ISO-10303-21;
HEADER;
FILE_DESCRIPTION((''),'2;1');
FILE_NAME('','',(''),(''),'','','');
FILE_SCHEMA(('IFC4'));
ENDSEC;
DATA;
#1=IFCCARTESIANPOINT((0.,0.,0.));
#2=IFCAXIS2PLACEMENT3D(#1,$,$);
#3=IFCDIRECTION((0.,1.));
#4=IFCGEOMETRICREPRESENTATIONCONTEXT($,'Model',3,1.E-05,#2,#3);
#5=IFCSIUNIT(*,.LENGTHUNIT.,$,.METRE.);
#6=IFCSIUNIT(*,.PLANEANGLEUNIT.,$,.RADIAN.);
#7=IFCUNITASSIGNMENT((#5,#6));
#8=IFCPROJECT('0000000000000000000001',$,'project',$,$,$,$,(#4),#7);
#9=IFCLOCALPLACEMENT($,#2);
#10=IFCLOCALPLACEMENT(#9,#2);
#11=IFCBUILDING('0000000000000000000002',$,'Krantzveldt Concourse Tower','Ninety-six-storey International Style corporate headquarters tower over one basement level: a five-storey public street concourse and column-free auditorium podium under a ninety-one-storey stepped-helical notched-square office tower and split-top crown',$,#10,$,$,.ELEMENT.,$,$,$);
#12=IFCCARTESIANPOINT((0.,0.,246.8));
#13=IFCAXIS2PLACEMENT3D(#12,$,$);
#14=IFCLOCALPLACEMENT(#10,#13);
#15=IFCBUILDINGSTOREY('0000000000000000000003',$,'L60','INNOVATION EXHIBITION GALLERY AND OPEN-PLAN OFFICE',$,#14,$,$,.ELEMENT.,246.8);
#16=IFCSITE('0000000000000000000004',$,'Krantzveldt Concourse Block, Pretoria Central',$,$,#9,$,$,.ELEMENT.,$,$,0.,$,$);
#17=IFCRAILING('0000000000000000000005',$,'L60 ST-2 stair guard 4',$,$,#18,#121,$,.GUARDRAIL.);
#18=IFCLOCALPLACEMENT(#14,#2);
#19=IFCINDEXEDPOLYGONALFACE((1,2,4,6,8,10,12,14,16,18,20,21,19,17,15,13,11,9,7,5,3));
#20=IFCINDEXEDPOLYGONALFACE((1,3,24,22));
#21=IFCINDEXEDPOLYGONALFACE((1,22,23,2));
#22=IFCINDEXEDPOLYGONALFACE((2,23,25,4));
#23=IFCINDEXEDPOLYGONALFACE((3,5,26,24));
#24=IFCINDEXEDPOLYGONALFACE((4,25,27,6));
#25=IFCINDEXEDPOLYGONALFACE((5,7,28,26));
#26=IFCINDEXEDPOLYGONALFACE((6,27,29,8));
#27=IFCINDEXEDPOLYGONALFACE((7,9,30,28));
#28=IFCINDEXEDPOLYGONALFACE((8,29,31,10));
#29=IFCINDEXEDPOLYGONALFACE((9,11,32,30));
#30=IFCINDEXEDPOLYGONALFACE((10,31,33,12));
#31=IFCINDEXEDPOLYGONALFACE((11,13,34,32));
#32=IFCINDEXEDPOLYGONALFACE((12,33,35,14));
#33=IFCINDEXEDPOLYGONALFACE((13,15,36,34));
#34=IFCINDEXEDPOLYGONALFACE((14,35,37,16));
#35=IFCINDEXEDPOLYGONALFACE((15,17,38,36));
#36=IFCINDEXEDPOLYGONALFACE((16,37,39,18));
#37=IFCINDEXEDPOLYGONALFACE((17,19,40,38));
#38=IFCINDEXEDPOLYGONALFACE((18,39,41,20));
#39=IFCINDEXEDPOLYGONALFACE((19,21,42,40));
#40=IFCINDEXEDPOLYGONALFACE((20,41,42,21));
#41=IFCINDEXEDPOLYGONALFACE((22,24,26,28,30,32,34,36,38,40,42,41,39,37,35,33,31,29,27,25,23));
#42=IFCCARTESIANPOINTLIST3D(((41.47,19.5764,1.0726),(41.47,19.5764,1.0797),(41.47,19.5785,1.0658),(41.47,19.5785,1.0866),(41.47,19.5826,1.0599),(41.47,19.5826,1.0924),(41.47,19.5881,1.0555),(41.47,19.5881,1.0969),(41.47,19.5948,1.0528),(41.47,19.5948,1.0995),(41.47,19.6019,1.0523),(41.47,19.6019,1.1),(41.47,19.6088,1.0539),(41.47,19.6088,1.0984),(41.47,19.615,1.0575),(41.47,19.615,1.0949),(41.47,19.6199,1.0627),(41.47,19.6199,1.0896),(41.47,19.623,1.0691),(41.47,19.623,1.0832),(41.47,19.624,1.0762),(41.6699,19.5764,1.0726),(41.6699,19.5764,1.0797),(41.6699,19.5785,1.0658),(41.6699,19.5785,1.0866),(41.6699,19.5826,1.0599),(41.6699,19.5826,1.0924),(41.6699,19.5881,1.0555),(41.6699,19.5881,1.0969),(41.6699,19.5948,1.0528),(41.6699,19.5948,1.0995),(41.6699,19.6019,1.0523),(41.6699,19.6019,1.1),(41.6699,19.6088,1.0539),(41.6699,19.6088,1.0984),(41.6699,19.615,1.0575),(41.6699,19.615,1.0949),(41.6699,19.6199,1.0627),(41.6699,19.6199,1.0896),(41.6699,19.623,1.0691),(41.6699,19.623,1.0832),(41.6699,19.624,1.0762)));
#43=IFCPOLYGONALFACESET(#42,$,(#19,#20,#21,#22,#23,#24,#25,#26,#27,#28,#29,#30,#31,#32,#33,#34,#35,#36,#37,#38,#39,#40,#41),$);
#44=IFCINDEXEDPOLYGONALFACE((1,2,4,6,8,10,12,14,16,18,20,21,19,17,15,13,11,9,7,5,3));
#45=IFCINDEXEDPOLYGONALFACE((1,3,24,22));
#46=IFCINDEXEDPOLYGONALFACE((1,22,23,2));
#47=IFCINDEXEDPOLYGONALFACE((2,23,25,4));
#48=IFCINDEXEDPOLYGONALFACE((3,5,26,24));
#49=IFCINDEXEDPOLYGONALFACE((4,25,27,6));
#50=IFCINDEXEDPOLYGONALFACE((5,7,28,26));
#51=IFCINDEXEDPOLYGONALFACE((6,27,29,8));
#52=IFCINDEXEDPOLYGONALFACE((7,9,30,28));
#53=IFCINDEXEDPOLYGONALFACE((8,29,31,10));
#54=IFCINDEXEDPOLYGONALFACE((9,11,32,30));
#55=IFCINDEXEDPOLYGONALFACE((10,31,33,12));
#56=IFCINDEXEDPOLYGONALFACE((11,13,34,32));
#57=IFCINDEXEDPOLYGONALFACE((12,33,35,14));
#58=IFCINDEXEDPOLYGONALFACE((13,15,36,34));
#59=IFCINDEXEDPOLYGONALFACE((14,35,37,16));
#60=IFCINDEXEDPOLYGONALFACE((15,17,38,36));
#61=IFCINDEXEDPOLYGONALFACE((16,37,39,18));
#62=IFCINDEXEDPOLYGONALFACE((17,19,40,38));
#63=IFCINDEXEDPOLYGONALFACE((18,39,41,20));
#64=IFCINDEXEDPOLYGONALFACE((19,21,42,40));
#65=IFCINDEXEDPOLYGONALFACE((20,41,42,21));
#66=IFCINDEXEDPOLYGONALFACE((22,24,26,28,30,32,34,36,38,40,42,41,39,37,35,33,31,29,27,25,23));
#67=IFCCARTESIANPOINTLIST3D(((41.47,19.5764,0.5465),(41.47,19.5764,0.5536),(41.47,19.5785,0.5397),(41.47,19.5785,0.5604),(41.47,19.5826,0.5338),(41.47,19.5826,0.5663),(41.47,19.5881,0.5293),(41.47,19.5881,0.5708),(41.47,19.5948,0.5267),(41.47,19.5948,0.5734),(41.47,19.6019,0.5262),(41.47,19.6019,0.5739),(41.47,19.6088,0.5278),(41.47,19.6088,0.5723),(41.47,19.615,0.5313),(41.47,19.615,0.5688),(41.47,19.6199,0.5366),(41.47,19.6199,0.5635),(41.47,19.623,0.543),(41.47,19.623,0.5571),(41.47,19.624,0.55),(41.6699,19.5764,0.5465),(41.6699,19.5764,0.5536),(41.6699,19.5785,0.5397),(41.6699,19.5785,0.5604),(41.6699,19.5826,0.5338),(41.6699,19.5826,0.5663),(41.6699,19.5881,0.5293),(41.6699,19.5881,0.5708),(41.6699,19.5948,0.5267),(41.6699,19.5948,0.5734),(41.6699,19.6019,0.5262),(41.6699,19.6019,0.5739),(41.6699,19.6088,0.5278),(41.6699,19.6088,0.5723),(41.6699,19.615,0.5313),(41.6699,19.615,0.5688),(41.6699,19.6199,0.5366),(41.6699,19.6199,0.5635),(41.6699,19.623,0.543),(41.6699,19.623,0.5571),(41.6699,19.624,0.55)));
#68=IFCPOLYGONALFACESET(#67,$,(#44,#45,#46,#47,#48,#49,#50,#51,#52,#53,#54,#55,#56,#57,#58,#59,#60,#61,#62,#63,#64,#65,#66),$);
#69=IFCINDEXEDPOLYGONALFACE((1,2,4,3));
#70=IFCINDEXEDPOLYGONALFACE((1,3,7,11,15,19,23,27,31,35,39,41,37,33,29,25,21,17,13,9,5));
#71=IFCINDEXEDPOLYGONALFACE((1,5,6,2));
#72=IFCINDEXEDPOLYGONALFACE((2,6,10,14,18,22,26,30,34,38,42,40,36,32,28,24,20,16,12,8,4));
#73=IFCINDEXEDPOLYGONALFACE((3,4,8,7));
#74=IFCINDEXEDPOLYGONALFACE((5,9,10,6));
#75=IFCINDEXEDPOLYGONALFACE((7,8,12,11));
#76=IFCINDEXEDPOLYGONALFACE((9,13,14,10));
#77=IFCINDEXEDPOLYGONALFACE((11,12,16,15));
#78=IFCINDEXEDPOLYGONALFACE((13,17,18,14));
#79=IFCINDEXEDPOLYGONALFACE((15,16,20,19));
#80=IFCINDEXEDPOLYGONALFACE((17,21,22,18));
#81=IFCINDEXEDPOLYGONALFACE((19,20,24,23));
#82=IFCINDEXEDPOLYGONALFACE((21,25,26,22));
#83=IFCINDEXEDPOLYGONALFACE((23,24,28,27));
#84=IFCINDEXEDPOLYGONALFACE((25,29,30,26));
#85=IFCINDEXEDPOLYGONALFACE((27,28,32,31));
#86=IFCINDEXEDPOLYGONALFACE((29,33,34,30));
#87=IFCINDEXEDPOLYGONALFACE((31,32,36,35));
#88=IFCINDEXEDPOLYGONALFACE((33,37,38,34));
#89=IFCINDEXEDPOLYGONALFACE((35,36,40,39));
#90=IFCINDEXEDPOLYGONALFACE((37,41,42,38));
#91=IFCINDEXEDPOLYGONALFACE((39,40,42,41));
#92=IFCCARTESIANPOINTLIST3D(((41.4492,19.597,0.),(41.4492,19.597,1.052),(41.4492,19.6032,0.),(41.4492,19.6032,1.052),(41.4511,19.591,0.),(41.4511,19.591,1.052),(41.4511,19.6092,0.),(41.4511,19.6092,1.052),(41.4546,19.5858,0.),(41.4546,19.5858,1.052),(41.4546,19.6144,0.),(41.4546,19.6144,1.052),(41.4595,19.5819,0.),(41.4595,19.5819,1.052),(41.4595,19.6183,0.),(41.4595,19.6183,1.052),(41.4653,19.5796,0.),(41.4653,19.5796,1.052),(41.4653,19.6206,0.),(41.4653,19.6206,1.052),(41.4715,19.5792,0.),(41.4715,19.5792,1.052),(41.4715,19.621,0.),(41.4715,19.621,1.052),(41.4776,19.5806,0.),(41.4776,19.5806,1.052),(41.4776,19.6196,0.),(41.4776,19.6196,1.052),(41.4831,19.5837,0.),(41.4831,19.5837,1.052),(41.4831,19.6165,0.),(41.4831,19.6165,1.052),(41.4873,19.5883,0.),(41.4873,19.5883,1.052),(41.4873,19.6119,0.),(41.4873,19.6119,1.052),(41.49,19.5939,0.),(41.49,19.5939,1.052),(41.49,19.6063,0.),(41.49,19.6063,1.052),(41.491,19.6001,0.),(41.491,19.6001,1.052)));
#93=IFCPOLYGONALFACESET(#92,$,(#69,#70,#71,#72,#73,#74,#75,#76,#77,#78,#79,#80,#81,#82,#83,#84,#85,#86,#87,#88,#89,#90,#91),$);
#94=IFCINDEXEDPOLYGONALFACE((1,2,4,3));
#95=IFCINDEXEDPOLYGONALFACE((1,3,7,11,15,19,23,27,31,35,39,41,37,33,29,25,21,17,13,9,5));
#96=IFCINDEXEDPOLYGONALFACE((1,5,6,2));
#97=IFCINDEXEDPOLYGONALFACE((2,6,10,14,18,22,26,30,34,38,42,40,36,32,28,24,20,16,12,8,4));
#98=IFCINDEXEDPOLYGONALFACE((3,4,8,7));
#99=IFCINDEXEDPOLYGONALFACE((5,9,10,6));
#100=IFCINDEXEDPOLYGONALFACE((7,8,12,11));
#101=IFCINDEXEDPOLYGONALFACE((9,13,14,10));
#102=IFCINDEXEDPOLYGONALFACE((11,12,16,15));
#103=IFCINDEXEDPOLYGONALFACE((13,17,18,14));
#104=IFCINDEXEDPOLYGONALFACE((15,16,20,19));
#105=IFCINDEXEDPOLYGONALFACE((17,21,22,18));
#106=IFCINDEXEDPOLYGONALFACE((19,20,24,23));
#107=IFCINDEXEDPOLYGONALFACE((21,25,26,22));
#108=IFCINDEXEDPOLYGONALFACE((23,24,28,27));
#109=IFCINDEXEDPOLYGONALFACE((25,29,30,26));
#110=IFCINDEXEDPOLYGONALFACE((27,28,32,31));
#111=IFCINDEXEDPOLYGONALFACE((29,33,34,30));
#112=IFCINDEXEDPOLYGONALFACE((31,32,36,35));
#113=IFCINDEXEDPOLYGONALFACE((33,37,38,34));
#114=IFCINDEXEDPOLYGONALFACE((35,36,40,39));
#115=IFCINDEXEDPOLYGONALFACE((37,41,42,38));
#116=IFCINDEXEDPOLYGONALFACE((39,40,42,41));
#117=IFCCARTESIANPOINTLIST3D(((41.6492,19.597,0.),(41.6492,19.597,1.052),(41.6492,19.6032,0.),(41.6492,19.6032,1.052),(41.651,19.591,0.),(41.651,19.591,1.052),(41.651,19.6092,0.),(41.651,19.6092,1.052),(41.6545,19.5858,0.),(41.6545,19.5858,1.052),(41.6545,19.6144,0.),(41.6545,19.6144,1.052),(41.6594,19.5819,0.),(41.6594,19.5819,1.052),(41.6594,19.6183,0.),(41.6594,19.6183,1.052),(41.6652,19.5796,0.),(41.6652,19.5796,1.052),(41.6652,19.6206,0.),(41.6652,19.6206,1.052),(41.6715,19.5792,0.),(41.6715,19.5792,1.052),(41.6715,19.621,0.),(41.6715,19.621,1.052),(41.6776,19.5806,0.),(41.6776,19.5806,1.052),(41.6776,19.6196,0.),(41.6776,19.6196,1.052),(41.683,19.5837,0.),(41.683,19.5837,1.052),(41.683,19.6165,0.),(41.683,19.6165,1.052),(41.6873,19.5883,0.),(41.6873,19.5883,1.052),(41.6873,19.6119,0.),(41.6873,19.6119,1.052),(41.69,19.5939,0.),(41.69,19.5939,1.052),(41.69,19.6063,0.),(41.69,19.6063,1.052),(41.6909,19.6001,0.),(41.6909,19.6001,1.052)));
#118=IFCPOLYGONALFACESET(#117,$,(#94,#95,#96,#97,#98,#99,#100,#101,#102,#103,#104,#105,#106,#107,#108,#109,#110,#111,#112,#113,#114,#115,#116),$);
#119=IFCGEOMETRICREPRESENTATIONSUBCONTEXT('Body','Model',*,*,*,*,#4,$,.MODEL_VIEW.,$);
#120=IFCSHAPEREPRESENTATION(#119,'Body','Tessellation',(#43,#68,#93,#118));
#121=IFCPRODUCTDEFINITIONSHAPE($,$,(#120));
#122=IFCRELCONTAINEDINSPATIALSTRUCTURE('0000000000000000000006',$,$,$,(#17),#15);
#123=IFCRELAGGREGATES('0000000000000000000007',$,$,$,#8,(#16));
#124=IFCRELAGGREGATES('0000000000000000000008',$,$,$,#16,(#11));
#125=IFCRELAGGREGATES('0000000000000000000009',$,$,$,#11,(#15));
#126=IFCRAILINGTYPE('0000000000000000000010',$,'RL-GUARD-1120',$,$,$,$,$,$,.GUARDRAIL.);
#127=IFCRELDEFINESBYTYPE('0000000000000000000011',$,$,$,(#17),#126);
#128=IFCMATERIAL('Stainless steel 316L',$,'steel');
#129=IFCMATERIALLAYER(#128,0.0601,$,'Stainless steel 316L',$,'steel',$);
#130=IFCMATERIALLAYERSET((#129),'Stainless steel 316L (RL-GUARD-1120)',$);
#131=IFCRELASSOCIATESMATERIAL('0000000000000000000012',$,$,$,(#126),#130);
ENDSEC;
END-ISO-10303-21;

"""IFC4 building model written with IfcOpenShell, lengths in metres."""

from ifc_helpers import new_model, si_unit, direction, frame, origin, origin_2d, place, context, subcontext, project, spatial, circle, extrude, material, layer, layer_set, type_object, element, save


model = new_model("IFC4")

# Units and contexts
model_context = context("Model", 3, precision=1e-05, world=origin(), true_north=direction((0.0, 1.0)))
body_context = subcontext(model_context, "Body", "Model", "MODEL_VIEW")
ifc_project = project(units=[si_unit("LENGTHUNIT", "METRE"), si_unit("PLANEANGLEUNIT", "RADIAN")], contexts=[model_context])

# Site, building, storey
site_placement = place(None, origin())
site = spatial("IfcSite", under=ifc_project, at=site_placement, Name="Krantzveldt Concourse Block, Pretoria Central", CompositionType="ELEMENT", RefElevation=0.0)
building_placement = place(site_placement, origin())
building = spatial("IfcBuilding", under=site, at=building_placement, Name="Krantzveldt Concourse Tower", Description="Ninety-six-storey International Style corporate headquarters tower over one basement level: a five-storey public street concourse and column-free auditorium podium under a ninety-one-storey stepped-helical notched-square office tower and split-top crown", CompositionType="ELEMENT")
storey_placement = place(building_placement, frame((0.0, 0.0, 246.8)))
storey = spatial("IfcBuildingStorey", under=building, at=storey_placement, Name="L60", Description="INNOVATION EXHIBITION GALLERY AND OPEN-PLAN OFFICE", CompositionType="ELEMENT", Elevation=246.8)

# Shared definitions
ifc_material_1 = material(Name="Stainless steel 316L", Category="steel")

# Railing
ifc_layer_1 = layer(ifc_material_1, 0.0601, Name="Stainless steel 316L", Category="steel")
ifc_layer_set_1 = layer_set([ifc_layer_1], Name="Stainless steel 316L (RL-GUARD-1120)")
railing_type_1 = type_object("IfcRailingType", Name="RL-GUARD-1120", PredefinedType="GUARDRAIL", material=ifc_layer_set_1)
railing_1_placement = place(storey_placement, frame((41.47, 19.6001, 0.0)))
element("IfcRailing", 1, at=railing_1_placement, inside=storey, type_object=railing_type_1, Name="L60 ST-2 stair guard 4", PredefinedType="GUARDRAIL", context=body_context, shape_type="SweptSolid", body=[
    extrude(circle(Radius=0.0239, at=origin_2d()), frame((0.0, 0.0, 1.0762), z_axis=(1.0, 0.0, 0.0), x_axis=(0.0, 1.0, 0.0)), (0.0, 0.0, 1.0), 0.2),
    extrude(circle(Radius=0.0239, at=origin_2d()), frame((0.0, 0.0, 0.55), z_axis=(1.0, 0.0, 0.0), x_axis=(0.0, 1.0, 0.0)), (0.0, 0.0, 1.0), 0.2),
    extrude(circle(Radius=0.021, at=origin_2d()), origin(), (0.0, 0.0, 1.0), 1.052),
    extrude(circle(Radius=0.021, at=origin_2d()), frame((0.2, 0.0, 0.0)), (0.0, 0.0, 1.0), 1.052),
])

save(model, "model.ifc")
